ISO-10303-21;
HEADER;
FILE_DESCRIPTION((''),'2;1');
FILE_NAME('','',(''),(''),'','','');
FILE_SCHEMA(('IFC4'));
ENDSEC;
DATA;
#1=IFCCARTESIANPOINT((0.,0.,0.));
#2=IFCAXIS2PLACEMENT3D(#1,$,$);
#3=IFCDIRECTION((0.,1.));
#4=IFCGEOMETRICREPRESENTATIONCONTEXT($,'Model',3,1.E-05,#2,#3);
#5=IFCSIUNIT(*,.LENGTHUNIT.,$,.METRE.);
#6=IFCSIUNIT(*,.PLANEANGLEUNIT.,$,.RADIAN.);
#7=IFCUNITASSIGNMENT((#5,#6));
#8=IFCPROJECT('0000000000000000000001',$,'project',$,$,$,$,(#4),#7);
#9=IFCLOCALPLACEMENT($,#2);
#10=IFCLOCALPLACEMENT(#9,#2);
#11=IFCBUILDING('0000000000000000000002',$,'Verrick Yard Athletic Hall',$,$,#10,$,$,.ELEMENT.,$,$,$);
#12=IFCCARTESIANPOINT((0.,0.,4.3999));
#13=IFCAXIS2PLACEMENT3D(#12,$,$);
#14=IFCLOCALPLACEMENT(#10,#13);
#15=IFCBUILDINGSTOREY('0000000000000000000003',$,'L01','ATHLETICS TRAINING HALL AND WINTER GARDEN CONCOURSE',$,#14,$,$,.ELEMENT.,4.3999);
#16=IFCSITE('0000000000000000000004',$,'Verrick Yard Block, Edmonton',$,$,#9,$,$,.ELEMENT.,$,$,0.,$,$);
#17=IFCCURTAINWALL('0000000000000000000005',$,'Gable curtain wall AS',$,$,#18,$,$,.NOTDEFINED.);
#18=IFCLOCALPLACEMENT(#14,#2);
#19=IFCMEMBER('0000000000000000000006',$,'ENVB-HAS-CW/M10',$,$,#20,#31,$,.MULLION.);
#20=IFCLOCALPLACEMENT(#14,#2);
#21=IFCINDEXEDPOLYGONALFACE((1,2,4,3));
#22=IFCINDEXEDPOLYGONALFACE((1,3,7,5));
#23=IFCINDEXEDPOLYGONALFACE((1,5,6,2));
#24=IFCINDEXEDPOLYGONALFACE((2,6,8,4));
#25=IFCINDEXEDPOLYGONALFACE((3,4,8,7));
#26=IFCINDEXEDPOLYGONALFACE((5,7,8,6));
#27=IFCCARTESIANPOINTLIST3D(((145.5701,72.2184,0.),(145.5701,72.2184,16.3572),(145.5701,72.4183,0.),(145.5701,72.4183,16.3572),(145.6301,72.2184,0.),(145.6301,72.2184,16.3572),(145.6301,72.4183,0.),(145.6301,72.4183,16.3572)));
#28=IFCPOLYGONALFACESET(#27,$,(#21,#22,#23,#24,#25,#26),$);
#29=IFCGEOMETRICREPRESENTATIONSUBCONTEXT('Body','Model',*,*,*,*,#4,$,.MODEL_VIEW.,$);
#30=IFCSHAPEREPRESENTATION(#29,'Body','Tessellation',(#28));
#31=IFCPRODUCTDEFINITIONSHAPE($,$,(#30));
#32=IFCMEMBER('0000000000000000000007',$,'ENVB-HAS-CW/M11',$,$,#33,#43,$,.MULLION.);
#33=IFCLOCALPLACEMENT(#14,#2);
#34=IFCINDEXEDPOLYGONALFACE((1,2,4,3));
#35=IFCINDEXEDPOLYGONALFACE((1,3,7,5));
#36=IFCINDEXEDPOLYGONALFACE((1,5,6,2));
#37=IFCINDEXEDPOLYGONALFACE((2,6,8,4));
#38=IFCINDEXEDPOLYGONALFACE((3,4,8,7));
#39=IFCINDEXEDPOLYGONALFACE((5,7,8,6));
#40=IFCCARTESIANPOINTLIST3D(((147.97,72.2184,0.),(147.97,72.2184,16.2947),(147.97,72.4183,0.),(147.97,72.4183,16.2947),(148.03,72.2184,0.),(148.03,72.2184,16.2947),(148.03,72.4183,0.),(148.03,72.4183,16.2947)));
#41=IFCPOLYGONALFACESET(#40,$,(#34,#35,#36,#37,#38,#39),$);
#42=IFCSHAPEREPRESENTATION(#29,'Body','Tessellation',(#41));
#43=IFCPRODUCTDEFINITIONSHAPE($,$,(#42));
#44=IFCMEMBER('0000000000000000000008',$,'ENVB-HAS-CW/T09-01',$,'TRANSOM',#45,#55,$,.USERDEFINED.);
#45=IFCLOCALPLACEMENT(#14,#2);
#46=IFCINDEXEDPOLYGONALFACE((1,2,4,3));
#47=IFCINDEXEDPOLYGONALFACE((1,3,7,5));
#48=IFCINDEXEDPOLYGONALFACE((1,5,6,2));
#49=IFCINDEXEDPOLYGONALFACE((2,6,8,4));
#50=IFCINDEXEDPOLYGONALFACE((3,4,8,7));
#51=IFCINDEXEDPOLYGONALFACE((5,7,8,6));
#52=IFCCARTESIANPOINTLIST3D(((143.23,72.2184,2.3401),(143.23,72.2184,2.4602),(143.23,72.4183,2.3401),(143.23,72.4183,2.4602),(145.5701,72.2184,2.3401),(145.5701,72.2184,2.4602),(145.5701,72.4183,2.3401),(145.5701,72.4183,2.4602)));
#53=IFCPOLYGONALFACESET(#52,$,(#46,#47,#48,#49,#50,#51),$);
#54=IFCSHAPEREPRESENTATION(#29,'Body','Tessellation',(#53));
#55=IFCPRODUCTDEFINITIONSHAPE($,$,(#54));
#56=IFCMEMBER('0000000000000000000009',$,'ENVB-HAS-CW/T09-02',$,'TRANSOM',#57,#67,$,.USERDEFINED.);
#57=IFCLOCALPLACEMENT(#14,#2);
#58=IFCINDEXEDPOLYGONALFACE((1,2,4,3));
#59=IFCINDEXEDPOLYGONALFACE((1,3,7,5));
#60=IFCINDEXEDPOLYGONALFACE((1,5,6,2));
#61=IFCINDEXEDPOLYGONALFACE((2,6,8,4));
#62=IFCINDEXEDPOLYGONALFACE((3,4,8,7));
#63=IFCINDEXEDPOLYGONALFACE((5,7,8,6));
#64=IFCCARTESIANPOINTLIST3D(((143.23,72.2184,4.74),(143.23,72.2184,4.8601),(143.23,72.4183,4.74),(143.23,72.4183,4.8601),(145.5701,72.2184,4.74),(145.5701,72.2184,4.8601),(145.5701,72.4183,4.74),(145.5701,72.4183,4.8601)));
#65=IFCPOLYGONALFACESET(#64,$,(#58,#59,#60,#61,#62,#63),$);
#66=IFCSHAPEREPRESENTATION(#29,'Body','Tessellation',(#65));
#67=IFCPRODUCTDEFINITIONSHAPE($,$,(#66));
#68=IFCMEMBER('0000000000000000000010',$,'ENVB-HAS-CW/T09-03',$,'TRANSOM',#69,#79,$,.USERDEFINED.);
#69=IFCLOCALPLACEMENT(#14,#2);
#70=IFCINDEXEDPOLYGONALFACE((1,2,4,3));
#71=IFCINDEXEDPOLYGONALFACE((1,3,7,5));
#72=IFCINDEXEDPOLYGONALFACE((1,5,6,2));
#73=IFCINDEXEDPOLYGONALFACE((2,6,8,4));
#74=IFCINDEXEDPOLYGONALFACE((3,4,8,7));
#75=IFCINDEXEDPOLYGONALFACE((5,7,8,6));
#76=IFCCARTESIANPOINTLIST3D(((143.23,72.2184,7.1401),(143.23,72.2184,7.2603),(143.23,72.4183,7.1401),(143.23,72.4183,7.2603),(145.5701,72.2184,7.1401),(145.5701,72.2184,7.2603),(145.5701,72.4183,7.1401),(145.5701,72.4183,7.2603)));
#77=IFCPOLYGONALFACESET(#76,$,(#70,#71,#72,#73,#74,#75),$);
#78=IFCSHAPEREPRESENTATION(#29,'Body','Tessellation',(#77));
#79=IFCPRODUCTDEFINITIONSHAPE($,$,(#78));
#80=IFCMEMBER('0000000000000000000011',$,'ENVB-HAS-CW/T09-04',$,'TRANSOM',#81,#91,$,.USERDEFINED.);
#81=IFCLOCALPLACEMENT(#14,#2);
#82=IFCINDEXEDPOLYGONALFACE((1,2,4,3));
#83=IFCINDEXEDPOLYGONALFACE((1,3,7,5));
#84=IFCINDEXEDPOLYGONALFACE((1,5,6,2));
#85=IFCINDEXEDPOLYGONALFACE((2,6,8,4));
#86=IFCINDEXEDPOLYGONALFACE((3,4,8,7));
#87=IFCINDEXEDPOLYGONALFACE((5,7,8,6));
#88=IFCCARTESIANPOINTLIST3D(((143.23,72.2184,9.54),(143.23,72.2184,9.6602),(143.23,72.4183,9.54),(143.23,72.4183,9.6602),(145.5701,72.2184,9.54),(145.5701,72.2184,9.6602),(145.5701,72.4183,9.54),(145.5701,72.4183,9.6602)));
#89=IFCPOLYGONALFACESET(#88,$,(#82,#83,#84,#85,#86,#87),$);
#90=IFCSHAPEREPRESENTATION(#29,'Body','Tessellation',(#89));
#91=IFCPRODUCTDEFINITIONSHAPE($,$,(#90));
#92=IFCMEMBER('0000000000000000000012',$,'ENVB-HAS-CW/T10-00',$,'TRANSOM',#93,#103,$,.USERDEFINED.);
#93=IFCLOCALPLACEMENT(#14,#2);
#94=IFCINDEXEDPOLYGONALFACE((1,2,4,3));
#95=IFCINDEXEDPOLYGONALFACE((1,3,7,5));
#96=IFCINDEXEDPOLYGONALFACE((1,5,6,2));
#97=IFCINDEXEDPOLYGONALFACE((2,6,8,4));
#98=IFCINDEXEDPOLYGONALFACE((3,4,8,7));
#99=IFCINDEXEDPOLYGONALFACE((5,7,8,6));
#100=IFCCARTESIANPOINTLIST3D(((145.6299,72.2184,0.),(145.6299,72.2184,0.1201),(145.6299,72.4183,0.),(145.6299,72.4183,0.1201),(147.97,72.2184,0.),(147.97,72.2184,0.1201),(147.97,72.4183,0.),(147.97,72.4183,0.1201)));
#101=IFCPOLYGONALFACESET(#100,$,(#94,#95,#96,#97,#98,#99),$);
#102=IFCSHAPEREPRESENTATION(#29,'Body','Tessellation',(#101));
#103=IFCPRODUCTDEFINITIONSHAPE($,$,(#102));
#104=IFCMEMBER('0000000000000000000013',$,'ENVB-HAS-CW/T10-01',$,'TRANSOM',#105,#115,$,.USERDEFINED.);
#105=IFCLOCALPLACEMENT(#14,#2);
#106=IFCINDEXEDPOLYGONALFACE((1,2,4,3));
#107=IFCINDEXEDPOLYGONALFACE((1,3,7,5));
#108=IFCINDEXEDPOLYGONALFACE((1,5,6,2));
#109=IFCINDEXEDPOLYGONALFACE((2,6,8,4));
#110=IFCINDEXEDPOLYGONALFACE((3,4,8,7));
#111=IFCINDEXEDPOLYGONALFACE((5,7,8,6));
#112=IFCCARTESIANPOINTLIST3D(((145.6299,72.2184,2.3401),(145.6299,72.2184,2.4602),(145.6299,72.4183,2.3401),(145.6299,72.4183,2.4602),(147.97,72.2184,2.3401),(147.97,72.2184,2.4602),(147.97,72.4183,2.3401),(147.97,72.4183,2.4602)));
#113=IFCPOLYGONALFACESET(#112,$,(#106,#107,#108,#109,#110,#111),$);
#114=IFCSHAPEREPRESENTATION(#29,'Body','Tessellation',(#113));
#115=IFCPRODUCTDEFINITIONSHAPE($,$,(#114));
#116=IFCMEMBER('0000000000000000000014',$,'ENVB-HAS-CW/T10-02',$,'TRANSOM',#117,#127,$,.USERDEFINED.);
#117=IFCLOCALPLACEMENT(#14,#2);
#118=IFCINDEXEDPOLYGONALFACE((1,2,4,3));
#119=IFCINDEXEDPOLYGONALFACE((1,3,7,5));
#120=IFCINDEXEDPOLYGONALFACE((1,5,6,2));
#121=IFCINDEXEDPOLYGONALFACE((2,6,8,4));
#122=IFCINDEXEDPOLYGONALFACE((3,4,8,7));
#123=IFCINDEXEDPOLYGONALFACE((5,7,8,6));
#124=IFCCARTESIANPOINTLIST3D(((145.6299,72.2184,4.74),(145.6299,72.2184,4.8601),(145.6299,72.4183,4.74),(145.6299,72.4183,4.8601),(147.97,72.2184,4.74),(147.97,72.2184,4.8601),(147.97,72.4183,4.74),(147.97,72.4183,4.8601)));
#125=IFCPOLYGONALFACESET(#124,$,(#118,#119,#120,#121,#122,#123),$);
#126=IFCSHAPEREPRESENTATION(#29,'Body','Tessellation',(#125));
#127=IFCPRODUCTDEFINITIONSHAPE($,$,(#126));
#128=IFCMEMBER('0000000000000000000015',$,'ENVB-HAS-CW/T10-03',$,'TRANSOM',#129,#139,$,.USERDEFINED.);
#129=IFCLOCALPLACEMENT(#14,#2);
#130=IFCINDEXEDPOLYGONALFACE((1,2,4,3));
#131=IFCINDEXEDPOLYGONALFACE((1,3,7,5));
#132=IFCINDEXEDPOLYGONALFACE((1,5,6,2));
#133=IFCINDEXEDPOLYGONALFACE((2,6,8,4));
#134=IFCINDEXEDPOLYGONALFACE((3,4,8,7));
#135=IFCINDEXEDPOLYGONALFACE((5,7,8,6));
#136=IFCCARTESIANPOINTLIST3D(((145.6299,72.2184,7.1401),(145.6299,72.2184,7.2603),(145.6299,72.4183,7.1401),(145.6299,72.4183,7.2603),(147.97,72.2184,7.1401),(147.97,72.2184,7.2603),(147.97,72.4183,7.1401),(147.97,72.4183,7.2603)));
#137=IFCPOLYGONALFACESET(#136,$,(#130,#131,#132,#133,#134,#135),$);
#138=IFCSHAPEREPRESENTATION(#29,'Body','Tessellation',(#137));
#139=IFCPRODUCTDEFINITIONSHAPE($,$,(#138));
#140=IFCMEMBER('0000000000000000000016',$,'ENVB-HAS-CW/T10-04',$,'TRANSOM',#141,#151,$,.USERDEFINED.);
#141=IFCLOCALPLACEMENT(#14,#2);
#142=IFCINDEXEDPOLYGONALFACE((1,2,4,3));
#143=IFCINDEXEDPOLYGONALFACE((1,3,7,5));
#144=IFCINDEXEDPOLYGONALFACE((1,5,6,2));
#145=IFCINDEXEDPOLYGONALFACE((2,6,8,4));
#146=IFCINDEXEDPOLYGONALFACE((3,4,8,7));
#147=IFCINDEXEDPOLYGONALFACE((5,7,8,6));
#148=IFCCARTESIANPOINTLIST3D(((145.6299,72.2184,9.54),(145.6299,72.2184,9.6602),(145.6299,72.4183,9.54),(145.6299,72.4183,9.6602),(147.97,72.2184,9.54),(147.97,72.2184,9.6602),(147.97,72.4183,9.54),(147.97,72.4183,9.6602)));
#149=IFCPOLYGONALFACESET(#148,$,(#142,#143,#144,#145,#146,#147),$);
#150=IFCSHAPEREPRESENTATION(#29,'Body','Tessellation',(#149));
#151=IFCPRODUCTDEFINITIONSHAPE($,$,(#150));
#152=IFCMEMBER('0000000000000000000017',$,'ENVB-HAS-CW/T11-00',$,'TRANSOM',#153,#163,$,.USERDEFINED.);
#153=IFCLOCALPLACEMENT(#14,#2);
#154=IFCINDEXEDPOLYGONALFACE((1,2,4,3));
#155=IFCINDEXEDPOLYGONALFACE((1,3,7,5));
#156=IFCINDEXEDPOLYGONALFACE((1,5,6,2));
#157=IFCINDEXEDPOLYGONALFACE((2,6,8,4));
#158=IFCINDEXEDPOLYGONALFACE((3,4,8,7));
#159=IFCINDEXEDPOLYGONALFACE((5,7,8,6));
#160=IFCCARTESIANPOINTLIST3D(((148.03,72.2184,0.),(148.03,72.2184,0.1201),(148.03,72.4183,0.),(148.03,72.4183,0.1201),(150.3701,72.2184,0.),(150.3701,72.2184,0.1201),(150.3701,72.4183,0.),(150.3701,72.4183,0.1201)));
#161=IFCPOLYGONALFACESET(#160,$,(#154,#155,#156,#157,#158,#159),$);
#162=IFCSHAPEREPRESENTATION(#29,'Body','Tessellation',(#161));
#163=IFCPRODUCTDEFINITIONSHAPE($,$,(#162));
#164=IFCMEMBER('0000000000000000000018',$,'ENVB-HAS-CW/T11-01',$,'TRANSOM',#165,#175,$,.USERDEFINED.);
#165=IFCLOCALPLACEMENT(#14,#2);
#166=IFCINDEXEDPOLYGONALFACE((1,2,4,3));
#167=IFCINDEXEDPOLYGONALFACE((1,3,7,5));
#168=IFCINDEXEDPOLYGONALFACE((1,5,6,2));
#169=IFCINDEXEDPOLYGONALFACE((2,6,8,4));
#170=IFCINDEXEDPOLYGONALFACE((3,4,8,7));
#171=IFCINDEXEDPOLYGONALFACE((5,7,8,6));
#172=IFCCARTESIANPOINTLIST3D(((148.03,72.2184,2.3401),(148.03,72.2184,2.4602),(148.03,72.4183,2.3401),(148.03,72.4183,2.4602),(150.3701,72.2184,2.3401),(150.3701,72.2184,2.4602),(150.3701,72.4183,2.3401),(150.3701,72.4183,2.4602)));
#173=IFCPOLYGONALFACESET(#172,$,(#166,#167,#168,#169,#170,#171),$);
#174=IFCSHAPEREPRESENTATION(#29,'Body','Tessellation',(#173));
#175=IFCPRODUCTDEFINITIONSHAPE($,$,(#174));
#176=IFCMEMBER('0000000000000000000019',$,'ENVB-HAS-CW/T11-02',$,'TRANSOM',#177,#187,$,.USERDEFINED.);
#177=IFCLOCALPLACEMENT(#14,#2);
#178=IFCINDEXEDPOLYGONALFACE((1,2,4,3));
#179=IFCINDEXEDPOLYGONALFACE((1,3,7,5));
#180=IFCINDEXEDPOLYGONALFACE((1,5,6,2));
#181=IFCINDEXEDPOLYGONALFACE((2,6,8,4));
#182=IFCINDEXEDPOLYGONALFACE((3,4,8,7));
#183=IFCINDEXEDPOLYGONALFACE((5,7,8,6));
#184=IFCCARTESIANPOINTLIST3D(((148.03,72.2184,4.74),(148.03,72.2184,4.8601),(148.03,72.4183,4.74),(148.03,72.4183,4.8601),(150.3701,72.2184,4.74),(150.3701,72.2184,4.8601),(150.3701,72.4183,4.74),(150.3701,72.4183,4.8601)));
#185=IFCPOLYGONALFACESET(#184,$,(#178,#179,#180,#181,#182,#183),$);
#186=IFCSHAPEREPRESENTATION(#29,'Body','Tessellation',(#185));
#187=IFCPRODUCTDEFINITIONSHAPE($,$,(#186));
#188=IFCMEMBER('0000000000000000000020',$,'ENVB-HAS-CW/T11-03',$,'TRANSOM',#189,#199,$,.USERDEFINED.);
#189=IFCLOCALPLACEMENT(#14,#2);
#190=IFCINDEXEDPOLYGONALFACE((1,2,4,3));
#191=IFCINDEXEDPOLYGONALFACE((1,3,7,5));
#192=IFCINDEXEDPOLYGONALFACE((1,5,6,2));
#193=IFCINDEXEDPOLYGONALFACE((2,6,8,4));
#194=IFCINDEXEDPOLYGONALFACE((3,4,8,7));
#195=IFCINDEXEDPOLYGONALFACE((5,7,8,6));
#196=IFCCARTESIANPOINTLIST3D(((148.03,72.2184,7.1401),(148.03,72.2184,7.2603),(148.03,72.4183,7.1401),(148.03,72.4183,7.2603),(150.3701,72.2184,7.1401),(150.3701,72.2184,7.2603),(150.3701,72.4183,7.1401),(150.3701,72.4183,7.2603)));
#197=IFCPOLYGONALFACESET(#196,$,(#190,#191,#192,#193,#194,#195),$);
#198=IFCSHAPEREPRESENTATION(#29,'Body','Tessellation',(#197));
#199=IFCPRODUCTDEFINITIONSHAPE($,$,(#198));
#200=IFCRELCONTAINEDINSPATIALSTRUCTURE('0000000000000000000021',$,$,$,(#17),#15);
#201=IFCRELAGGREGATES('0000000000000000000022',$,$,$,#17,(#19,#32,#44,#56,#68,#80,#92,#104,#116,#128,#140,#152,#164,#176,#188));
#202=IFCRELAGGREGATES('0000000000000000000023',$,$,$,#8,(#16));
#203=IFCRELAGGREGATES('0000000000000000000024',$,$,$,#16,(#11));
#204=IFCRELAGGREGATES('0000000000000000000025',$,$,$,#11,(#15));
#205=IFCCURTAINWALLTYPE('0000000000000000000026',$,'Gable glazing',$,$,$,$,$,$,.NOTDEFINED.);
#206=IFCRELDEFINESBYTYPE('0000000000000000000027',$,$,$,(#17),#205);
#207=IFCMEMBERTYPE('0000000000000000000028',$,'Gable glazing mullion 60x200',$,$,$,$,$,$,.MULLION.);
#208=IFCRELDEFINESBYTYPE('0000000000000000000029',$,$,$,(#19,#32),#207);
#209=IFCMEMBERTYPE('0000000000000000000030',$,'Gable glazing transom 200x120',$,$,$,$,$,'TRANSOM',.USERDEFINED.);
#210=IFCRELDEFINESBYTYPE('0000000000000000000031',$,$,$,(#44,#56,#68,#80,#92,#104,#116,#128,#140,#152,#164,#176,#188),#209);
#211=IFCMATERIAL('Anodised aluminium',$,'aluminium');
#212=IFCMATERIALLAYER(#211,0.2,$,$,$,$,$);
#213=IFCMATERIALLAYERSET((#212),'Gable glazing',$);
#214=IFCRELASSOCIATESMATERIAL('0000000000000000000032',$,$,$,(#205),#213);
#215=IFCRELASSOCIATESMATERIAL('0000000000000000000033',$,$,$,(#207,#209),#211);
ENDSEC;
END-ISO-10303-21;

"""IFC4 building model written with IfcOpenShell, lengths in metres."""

from ifc_helpers import new_model, si_unit, direction, frame, origin, origin_2d, place, context, subcontext, project, spatial, rectangle, extrude, material, layer, layer_set, material_profile, profile_set, type_object, element, aggregate, save


model = new_model("IFC4")

# Units and contexts
model_context = context("Model", 3, precision=1e-05, world=origin(), true_north=direction((0.0, 1.0)))
body_context = subcontext(model_context, "Body", "Model", "MODEL_VIEW")
ifc_project = project(units=[si_unit("LENGTHUNIT", "METRE"), si_unit("PLANEANGLEUNIT", "RADIAN")], contexts=[model_context])

# Site, building, storey
site_placement = place(None, origin())
site = spatial("IfcSite", under=ifc_project, at=site_placement, Name="Verrick Yard Block, Edmonton", CompositionType="ELEMENT", RefElevation=0.0)
building_placement = place(site_placement, origin())
building = spatial("IfcBuilding", under=site, at=building_placement, Name="Verrick Yard Athletic Hall", CompositionType="ELEMENT")
storey_placement = place(building_placement, frame((0.0, 0.0, 4.3999)))
storey = spatial("IfcBuildingStorey", under=building, at=storey_placement, Name="L01", Description="ATHLETICS TRAINING HALL AND WINTER GARDEN CONCOURSE", CompositionType="ELEMENT", Elevation=4.3999)

# Curtain wall, members
ifc_material_1 = material(Name="Anodised aluminium", Category="aluminium")
ifc_layer_1 = layer(ifc_material_1, 0.2)
ifc_layer_set_1 = layer_set([ifc_layer_1], Name="Gable glazing")
curtain_wall_type = type_object("IfcCurtainWallType", Name="Gable glazing", PredefinedType="NOTDEFINED", material=ifc_layer_set_1)
curtain_wall_placement = place(storey_placement, origin())
curtain_wall = element("IfcCurtainWall", 1, at=curtain_wall_placement, inside=storey, type_object=curtain_wall_type, Name="Gable curtain wall AS", PredefinedType="NOTDEFINED")
ifc_material_profile_1 = material_profile(ifc_material_1, rectangle(XDim=0.2, YDim=0.0601, at=origin_2d()), Name="CW gable mullion 60x200")
ifc_profile_set_1 = profile_set([ifc_material_profile_1], Name="Anodised aluminium")
member_type_1 = type_object("IfcMemberType", Name="Gable glazing mullion 60x200", PredefinedType="MULLION", material=ifc_profile_set_1)
member_1_placement = place(storey_placement, frame((145.6001, 72.3184, 0.0), z_axis=(0.0, 0.0, 1.0), x_axis=(0.0, 1.0, 0.0)))
member_1 = element("IfcMember", 2, at=member_1_placement, type_object=member_type_1, Name="ENVB-HAS-CW/M10", PredefinedType="MULLION", context=body_context, shape_type="SweptSolid", body=[
    extrude(rectangle(XDim=0.2, YDim=0.0601, at=origin_2d()), origin(), (0.0, 0.0, 1.0), 16.3572),
])
member_2_placement = place(storey_placement, frame((148.0, 72.3184, 0.0), z_axis=(0.0, 0.0, 1.0), x_axis=(0.0, 1.0, 0.0)))
member_2 = element("IfcMember", 3, at=member_2_placement, type_object=member_type_1, Name="ENVB-HAS-CW/M11", PredefinedType="MULLION", context=body_context, shape_type="SweptSolid", body=[
    extrude(rectangle(XDim=0.2, YDim=0.0601, at=origin_2d()), origin(), (0.0, 0.0, 1.0), 16.2947),
])
ifc_material_profile_2 = material_profile(ifc_material_1, rectangle(XDim=0.2, YDim=0.1201, at=origin_2d()), Name="CW gable transom 200x120")
ifc_profile_set_2 = profile_set([ifc_material_profile_2], Name="Anodised aluminium")
member_type_2 = type_object("IfcMemberType", Name="Gable glazing transom 200x120", ElementType="TRANSOM", PredefinedType="USERDEFINED", material=ifc_profile_set_2)
member_3_placement = place(storey_placement, frame((143.23, 72.3184, 2.4001), z_axis=(1.0, 0.0, 0.0), x_axis=(0.0, 1.0, 0.0)))
member_3 = element("IfcMember", 4, at=member_3_placement, type_object=member_type_2, Name="ENVB-HAS-CW/T09-01", ObjectType="TRANSOM", PredefinedType="USERDEFINED", context=body_context, shape_type="SweptSolid", body=[
    extrude(rectangle(XDim=0.2, YDim=0.1201, at=origin_2d()), origin(), (0.0, 0.0, 1.0), 2.3401),
])
member_4_placement = place(storey_placement, frame((143.23, 72.3184, 4.8), z_axis=(1.0, 0.0, 0.0), x_axis=(0.0, 1.0, 0.0)))
member_4 = element("IfcMember", 5, at=member_4_placement, type_object=member_type_2, Name="ENVB-HAS-CW/T09-02", ObjectType="TRANSOM", PredefinedType="USERDEFINED", context=body_context, shape_type="SweptSolid", body=[
    extrude(rectangle(XDim=0.2, YDim=0.1201, at=origin_2d()), origin(), (0.0, 0.0, 1.0), 2.3401),
])
member_5_placement = place(storey_placement, frame((143.23, 72.3184, 7.2002), z_axis=(1.0, 0.0, 0.0), x_axis=(0.0, 1.0, 0.0)))
member_5 = element("IfcMember", 6, at=member_5_placement, type_object=member_type_2, Name="ENVB-HAS-CW/T09-03", ObjectType="TRANSOM", PredefinedType="USERDEFINED", context=body_context, shape_type="SweptSolid", body=[
    extrude(rectangle(XDim=0.2, YDim=0.1201, at=origin_2d()), origin(), (0.0, 0.0, 1.0), 2.3401),
])
member_6_placement = place(storey_placement, frame((143.23, 72.3184, 9.6001), z_axis=(1.0, 0.0, 0.0), x_axis=(0.0, 1.0, 0.0)))
member_6 = element("IfcMember", 7, at=member_6_placement, type_object=member_type_2, Name="ENVB-HAS-CW/T09-04", ObjectType="TRANSOM", PredefinedType="USERDEFINED", context=body_context, shape_type="SweptSolid", body=[
    extrude(rectangle(XDim=0.2, YDim=0.1201, at=origin_2d()), origin(), (0.0, 0.0, 1.0), 2.3401),
])
member_7_placement = place(storey_placement, frame((145.6299, 72.3184, 0.0601), z_axis=(1.0, 0.0, 0.0), x_axis=(0.0, 1.0, 0.0)))
member_7 = element("IfcMember", 8, at=member_7_placement, type_object=member_type_2, Name="ENVB-HAS-CW/T10-00", ObjectType="TRANSOM", PredefinedType="USERDEFINED", context=body_context, shape_type="SweptSolid", body=[
    extrude(rectangle(XDim=0.2, YDim=0.1201, at=origin_2d()), origin(), (0.0, 0.0, 1.0), 2.3401),
])
member_8_placement = place(storey_placement, frame((145.6299, 72.3184, 2.4001), z_axis=(1.0, 0.0, 0.0), x_axis=(0.0, 1.0, 0.0)))
member_8 = element("IfcMember", 9, at=member_8_placement, type_object=member_type_2, Name="ENVB-HAS-CW/T10-01", ObjectType="TRANSOM", PredefinedType="USERDEFINED", context=body_context, shape_type="SweptSolid", body=[
    extrude(rectangle(XDim=0.2, YDim=0.1201, at=origin_2d()), origin(), (0.0, 0.0, 1.0), 2.3401),
])
member_9_placement = place(storey_placement, frame((145.6299, 72.3184, 4.8), z_axis=(1.0, 0.0, 0.0), x_axis=(0.0, 1.0, 0.0)))
member_9 = element("IfcMember", 10, at=member_9_placement, type_object=member_type_2, Name="ENVB-HAS-CW/T10-02", ObjectType="TRANSOM", PredefinedType="USERDEFINED", context=body_context, shape_type="SweptSolid", body=[
    extrude(rectangle(XDim=0.2, YDim=0.1201, at=origin_2d()), origin(), (0.0, 0.0, 1.0), 2.3401),
])
member_10_placement = place(storey_placement, frame((145.6299, 72.3184, 7.2002), z_axis=(1.0, 0.0, 0.0), x_axis=(0.0, 1.0, 0.0)))
member_10 = element("IfcMember", 11, at=member_10_placement, type_object=member_type_2, Name="ENVB-HAS-CW/T10-03", ObjectType="TRANSOM", PredefinedType="USERDEFINED", context=body_context, shape_type="SweptSolid", body=[
    extrude(rectangle(XDim=0.2, YDim=0.1201, at=origin_2d()), origin(), (0.0, 0.0, 1.0), 2.3401),
])
member_11_placement = place(storey_placement, frame((145.6299, 72.3184, 9.6001), z_axis=(1.0, 0.0, 0.0), x_axis=(0.0, 1.0, 0.0)))
member_11 = element("IfcMember", 12, at=member_11_placement, type_object=member_type_2, Name="ENVB-HAS-CW/T10-04", ObjectType="TRANSOM", PredefinedType="USERDEFINED", context=body_context, shape_type="SweptSolid", body=[
    extrude(rectangle(XDim=0.2, YDim=0.1201, at=origin_2d()), origin(), (0.0, 0.0, 1.0), 2.3401),
])
member_12_placement = place(storey_placement, frame((148.03, 72.3184, 0.0601), z_axis=(1.0, 0.0, 0.0), x_axis=(0.0, 1.0, 0.0)))
member_12 = element("IfcMember", 13, at=member_12_placement, type_object=member_type_2, Name="ENVB-HAS-CW/T11-00", ObjectType="TRANSOM", PredefinedType="USERDEFINED", context=body_context, shape_type="SweptSolid", body=[
    extrude(rectangle(XDim=0.2, YDim=0.1201, at=origin_2d()), origin(), (0.0, 0.0, 1.0), 2.3401),
])
member_13_placement = place(storey_placement, frame((148.03, 72.3184, 2.4001), z_axis=(1.0, 0.0, 0.0), x_axis=(0.0, 1.0, 0.0)))
member_13 = element("IfcMember", 14, at=member_13_placement, type_object=member_type_2, Name="ENVB-HAS-CW/T11-01", ObjectType="TRANSOM", PredefinedType="USERDEFINED", context=body_context, shape_type="SweptSolid", body=[
    extrude(rectangle(XDim=0.2, YDim=0.1201, at=origin_2d()), origin(), (0.0, 0.0, 1.0), 2.3401),
])
member_14_placement = place(storey_placement, frame((148.03, 72.3184, 4.8), z_axis=(1.0, 0.0, 0.0), x_axis=(0.0, 1.0, 0.0)))
member_14 = element("IfcMember", 15, at=member_14_placement, type_object=member_type_2, Name="ENVB-HAS-CW/T11-02", ObjectType="TRANSOM", PredefinedType="USERDEFINED", context=body_context, shape_type="SweptSolid", body=[
    extrude(rectangle(XDim=0.2, YDim=0.1201, at=origin_2d()), origin(), (0.0, 0.0, 1.0), 2.3401),
])
member_15_placement = place(storey_placement, frame((148.03, 72.3184, 7.2002), z_axis=(1.0, 0.0, 0.0), x_axis=(0.0, 1.0, 0.0)))
member_15 = element("IfcMember", 16, at=member_15_placement, type_object=member_type_2, Name="ENVB-HAS-CW/T11-03", ObjectType="TRANSOM", PredefinedType="USERDEFINED", context=body_context, shape_type="SweptSolid", body=[
    extrude(rectangle(XDim=0.2, YDim=0.1201, at=origin_2d()), origin(), (0.0, 0.0, 1.0), 2.3401),
])
aggregate(curtain_wall, [member_1, member_2, member_3, member_4, member_5, member_6, member_7, member_8, member_9, member_10, member_11, member_12, member_13, member_14, member_15])

save(model, "model.ifc")
